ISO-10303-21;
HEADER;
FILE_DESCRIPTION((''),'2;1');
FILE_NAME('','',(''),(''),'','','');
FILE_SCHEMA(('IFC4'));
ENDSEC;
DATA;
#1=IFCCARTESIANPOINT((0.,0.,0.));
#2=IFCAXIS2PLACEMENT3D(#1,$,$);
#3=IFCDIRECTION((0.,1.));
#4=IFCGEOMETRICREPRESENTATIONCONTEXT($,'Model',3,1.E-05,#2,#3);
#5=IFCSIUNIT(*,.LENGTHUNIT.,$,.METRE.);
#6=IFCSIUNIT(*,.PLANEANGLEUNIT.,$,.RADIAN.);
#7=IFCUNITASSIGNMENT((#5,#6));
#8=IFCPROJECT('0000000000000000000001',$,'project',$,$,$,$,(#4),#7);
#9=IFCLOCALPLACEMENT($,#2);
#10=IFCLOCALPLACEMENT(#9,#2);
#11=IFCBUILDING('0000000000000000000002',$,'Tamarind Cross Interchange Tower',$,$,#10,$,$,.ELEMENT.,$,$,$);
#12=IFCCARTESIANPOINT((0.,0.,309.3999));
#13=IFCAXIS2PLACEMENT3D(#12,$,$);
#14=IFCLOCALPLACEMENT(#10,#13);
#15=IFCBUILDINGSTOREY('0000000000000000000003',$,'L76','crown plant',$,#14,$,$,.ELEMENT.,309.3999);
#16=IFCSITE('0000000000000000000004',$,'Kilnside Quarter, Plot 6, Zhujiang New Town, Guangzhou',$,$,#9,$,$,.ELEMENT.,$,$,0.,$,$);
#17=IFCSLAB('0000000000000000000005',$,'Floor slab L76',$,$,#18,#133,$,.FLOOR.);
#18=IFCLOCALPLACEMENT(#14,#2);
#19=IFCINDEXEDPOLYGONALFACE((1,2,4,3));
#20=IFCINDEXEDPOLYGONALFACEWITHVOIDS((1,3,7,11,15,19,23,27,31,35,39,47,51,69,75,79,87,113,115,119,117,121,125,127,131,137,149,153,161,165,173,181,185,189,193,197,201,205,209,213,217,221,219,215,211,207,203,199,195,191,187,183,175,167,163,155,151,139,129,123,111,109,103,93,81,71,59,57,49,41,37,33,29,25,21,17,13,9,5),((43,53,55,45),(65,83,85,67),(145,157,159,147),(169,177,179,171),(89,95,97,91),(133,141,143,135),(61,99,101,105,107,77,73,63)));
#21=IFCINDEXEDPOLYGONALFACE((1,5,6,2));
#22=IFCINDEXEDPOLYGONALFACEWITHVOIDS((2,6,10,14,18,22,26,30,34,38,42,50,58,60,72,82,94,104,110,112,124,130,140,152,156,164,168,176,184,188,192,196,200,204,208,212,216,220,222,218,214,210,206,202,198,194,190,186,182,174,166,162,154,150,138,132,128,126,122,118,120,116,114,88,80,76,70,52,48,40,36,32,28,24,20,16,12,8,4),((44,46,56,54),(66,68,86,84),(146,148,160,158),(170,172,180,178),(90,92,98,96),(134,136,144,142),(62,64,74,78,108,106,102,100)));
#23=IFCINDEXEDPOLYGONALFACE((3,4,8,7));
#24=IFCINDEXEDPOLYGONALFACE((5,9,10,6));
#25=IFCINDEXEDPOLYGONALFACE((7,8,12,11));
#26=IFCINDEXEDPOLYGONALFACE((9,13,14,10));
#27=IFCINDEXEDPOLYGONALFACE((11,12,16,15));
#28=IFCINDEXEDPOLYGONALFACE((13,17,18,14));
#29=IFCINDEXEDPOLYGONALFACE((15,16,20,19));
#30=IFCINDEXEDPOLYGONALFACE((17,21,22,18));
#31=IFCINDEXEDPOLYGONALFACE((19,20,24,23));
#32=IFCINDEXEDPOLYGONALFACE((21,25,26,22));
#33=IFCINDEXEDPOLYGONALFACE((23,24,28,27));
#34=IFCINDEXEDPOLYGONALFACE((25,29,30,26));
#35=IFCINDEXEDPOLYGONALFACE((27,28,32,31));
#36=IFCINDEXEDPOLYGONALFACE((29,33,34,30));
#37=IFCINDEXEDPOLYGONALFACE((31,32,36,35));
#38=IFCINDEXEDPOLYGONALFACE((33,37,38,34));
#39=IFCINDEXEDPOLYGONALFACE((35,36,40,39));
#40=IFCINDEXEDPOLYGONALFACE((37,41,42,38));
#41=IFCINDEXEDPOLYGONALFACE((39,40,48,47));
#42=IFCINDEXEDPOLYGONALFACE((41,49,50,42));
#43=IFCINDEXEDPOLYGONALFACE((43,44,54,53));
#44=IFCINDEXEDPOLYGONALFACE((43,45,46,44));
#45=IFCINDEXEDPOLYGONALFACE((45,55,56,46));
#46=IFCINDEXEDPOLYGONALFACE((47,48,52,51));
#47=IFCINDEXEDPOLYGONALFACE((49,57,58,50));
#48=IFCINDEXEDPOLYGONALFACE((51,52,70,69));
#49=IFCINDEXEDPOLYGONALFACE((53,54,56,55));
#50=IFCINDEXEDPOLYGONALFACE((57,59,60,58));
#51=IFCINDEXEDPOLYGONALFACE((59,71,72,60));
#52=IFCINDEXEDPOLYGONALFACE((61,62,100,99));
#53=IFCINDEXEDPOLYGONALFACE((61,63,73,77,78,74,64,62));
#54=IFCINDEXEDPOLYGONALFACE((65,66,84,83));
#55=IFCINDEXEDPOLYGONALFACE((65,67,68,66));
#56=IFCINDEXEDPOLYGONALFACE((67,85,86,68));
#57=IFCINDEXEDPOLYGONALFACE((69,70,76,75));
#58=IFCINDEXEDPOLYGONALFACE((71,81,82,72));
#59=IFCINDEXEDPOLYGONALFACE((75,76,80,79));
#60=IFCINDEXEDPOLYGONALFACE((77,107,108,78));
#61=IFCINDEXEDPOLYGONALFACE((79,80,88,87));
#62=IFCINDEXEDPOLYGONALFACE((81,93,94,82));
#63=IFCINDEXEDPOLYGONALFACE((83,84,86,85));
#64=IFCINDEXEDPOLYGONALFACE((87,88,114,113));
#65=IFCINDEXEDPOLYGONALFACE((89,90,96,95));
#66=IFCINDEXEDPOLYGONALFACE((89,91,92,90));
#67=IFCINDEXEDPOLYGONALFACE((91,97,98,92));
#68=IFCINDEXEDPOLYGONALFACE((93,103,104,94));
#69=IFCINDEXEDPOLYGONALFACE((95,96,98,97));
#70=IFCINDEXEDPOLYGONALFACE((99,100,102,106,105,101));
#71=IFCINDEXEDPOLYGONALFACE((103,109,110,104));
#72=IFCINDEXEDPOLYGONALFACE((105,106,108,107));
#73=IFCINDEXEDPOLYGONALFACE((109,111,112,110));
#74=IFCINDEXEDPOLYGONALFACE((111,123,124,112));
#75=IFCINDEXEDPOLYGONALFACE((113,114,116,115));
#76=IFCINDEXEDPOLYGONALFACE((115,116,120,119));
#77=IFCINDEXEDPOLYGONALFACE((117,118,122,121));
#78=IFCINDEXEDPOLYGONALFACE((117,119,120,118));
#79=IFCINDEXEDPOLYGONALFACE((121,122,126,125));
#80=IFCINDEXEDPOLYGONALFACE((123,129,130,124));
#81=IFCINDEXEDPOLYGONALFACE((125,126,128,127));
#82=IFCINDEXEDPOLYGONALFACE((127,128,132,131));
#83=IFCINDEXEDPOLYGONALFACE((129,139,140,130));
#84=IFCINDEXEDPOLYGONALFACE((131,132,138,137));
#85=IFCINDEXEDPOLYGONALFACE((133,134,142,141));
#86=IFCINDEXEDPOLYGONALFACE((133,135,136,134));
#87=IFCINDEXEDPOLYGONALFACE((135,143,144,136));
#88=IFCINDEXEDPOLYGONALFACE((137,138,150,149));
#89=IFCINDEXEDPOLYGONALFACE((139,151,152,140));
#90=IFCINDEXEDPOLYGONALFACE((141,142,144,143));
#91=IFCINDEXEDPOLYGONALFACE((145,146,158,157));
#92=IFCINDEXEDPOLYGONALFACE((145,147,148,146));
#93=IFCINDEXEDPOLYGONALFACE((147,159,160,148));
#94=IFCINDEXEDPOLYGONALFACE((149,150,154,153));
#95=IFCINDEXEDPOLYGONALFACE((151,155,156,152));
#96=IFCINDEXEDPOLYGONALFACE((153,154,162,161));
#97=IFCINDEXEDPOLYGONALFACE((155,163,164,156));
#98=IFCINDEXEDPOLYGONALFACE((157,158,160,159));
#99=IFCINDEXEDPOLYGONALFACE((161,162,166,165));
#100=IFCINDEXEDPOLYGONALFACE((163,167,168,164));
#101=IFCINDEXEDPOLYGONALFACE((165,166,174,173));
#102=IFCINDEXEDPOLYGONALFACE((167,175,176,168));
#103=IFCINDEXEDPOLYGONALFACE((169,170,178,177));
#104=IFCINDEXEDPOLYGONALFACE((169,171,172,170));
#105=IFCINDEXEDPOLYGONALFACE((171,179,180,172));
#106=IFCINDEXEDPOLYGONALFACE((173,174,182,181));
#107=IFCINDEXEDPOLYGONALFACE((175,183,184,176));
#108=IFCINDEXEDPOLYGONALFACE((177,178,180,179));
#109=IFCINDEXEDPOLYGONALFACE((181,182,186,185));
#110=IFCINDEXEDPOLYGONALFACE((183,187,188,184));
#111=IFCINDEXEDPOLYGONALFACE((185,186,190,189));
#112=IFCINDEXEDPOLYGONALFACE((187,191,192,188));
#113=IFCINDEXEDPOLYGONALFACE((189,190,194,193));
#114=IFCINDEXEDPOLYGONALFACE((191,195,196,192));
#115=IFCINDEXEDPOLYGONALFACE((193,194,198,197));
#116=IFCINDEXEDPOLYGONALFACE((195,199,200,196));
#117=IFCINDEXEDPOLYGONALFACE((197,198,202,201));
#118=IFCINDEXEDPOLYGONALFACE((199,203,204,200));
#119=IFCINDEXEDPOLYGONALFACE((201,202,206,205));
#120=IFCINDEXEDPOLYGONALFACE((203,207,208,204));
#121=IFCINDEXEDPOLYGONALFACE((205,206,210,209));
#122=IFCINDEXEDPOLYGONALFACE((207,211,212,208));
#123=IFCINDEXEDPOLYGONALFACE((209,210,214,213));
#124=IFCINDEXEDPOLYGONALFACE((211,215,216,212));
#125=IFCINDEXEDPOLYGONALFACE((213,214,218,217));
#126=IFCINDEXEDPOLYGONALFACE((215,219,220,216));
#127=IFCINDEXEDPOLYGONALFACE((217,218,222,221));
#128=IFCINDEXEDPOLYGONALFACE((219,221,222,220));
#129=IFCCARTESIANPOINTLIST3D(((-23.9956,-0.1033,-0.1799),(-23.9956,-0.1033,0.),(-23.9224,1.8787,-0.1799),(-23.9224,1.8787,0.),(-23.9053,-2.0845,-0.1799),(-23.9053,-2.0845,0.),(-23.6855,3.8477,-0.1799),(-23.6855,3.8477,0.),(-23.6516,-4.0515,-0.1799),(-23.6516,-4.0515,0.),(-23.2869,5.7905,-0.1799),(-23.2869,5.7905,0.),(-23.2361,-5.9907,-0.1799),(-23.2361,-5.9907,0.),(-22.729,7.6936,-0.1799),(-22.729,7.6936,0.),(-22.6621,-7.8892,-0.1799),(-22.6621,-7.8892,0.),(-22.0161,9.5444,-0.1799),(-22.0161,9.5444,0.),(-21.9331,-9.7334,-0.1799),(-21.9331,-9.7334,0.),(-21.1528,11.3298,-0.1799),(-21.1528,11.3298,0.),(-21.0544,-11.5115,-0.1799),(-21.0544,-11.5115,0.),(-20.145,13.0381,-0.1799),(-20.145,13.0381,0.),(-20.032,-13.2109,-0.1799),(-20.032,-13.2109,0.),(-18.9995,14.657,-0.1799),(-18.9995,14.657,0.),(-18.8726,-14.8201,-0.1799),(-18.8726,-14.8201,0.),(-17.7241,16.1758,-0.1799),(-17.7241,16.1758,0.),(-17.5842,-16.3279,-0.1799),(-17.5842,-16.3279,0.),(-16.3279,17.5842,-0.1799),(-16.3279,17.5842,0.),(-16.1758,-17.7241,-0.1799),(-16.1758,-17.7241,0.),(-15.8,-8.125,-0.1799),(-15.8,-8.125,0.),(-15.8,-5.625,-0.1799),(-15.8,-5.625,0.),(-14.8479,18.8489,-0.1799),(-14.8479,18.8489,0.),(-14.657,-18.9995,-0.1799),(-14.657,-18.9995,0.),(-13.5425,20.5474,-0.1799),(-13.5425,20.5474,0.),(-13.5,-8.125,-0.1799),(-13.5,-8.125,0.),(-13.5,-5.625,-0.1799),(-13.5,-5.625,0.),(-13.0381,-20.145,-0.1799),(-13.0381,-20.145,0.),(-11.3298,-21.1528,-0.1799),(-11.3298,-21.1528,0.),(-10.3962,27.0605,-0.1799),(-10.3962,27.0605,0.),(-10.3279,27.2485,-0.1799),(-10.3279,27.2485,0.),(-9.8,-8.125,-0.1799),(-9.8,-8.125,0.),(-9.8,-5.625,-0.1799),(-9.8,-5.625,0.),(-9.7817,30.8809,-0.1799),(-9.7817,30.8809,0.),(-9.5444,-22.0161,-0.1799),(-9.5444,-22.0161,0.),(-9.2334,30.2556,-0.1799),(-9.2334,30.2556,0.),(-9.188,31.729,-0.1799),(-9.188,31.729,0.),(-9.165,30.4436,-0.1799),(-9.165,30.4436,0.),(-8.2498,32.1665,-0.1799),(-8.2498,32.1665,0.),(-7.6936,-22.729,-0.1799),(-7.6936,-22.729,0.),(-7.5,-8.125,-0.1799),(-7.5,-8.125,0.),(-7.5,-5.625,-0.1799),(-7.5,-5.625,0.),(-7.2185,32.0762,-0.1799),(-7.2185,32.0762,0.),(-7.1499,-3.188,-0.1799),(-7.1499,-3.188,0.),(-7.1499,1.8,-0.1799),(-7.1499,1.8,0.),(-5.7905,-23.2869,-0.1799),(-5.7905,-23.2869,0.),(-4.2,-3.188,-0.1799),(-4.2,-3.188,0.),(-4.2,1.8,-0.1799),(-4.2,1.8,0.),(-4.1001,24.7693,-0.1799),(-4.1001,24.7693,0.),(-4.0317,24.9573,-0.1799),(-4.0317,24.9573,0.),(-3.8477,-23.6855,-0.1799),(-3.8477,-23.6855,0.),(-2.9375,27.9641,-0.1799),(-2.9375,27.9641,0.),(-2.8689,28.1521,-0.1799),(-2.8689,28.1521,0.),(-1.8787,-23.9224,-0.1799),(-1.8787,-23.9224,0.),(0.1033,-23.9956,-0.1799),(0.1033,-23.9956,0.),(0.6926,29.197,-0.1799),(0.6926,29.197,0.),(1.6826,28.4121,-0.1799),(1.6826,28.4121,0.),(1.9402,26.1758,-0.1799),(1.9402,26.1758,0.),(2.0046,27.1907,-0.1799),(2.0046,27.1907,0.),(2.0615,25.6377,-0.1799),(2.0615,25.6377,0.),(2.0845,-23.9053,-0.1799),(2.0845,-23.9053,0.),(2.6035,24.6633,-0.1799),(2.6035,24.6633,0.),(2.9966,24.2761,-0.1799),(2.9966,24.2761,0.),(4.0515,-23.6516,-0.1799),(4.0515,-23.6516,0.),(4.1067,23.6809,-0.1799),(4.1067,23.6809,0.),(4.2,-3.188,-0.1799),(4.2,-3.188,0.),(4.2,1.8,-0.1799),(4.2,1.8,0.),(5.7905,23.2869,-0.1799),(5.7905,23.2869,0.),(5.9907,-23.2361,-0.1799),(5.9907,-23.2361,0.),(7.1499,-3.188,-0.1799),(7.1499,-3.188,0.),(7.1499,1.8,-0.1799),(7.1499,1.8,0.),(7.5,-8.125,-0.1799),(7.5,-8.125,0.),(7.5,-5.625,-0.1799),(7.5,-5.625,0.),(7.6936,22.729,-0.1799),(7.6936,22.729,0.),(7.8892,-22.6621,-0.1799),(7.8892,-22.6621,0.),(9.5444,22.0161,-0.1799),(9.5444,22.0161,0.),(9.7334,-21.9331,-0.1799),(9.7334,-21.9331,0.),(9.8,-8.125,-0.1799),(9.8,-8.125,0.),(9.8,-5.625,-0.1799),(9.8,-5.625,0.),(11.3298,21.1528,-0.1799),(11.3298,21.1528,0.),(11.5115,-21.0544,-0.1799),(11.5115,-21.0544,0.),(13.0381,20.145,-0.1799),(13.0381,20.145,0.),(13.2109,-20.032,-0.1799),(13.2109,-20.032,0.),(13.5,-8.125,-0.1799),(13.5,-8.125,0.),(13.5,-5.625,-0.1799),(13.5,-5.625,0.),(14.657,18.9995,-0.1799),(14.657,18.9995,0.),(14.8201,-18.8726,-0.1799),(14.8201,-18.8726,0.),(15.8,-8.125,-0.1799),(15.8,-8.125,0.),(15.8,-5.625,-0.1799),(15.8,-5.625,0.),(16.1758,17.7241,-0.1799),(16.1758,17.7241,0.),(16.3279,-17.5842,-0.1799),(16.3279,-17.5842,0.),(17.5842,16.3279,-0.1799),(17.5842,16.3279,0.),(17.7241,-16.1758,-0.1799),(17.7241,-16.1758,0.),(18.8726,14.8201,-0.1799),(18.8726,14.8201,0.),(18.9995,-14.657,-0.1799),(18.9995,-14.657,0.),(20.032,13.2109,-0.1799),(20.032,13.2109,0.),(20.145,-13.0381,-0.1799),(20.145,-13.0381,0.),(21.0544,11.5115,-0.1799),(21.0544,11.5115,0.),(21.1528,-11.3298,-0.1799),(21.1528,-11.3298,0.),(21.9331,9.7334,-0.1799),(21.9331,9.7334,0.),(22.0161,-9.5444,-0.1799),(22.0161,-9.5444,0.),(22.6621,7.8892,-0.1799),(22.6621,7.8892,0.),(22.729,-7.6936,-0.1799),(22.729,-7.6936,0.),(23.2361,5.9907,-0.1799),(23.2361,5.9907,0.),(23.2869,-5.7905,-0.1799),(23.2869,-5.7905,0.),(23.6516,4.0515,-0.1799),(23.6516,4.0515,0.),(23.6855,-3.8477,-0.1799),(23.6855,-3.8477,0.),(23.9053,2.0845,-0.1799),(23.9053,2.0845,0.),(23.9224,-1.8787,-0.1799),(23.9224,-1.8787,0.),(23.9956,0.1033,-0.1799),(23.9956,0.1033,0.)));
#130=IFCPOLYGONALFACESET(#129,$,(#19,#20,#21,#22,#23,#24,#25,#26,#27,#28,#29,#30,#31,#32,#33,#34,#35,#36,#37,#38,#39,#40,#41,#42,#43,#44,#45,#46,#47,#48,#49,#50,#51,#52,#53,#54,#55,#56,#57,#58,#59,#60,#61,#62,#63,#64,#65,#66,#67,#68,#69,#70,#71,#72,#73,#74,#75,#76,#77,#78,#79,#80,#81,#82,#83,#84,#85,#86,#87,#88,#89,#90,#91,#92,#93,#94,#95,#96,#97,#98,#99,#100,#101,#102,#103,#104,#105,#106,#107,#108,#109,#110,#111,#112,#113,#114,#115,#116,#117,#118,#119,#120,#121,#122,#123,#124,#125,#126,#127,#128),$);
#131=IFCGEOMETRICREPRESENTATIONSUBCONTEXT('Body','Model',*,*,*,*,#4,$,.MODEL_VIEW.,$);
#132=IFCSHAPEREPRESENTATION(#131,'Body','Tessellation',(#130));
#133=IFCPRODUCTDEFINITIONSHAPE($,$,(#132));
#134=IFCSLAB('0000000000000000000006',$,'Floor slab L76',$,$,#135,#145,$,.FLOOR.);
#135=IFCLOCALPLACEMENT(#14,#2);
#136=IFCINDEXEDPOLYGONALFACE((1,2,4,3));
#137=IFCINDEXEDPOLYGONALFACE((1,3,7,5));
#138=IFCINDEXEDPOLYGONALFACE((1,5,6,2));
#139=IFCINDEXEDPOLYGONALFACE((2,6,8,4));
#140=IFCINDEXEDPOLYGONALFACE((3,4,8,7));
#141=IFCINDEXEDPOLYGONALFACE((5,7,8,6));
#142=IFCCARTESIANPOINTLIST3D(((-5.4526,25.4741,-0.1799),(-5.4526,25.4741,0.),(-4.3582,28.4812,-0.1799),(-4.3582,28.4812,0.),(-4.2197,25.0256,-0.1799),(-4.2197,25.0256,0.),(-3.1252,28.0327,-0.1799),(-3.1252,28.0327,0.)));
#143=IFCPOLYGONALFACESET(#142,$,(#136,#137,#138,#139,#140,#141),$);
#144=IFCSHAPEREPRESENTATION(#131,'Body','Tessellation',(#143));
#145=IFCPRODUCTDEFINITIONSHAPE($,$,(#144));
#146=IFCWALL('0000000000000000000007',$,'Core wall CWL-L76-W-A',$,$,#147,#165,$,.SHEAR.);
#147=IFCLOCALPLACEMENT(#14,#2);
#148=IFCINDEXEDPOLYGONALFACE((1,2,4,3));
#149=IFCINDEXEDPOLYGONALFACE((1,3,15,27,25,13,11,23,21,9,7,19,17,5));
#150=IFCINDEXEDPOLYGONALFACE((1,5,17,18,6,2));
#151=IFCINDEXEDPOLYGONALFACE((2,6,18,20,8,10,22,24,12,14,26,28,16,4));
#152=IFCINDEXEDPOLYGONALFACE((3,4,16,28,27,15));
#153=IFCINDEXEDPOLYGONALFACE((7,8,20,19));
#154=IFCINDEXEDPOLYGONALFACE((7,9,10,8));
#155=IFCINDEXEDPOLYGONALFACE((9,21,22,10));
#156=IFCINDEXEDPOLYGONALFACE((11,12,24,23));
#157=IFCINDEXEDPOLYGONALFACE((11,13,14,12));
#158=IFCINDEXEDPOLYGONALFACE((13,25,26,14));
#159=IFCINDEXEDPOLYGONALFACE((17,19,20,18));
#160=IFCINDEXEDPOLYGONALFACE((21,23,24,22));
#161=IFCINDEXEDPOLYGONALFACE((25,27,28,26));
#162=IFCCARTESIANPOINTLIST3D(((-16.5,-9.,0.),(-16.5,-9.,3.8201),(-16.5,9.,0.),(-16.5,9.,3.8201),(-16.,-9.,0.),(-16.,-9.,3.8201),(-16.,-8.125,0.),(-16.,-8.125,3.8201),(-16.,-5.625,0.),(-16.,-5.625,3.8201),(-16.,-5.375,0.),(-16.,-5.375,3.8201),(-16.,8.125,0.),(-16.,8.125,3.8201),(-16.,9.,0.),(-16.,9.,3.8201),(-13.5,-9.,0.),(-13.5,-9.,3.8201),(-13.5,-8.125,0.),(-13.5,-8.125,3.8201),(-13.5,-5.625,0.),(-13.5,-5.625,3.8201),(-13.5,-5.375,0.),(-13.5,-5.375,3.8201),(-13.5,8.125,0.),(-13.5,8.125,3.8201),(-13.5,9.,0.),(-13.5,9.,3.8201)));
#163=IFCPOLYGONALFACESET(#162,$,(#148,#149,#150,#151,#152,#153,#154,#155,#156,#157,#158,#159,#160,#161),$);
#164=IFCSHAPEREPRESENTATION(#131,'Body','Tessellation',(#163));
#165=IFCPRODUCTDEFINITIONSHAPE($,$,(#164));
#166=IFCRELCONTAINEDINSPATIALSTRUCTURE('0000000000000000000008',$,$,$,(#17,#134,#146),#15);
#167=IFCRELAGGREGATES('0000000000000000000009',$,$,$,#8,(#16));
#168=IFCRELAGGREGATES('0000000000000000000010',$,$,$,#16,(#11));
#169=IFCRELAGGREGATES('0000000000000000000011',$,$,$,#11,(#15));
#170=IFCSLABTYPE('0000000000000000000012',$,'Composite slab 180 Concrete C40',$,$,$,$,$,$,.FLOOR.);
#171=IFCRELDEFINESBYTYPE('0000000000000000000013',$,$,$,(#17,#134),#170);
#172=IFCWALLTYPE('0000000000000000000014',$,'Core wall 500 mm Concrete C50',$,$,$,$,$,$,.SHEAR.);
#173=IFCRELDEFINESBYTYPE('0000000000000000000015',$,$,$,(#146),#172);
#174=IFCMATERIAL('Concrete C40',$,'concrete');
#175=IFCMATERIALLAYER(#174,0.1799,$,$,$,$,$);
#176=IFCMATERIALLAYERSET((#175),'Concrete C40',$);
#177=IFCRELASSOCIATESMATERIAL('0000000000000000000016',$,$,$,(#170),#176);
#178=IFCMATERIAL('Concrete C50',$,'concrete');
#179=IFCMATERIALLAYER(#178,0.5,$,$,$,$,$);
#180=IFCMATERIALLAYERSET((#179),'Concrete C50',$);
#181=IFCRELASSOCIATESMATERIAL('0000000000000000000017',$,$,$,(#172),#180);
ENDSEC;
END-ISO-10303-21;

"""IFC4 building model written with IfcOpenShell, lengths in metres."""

from ifc_helpers import new_model, si_unit, direction, frame, origin, place, context, subcontext, project, spatial, polyline, outline, extrude, material, layer, layer_set, type_object, element, save


model = new_model("IFC4")

# Units and contexts
model_context = context("Model", 3, precision=1e-05, world=origin(), true_north=direction((0.0, 1.0)))
body_context = subcontext(model_context, "Body", "Model", "MODEL_VIEW")
ifc_project = project(units=[si_unit("LENGTHUNIT", "METRE"), si_unit("PLANEANGLEUNIT", "RADIAN")], contexts=[model_context])

# Site, building, storey
site_placement = place(None, origin())
site = spatial("IfcSite", under=ifc_project, at=site_placement, Name="Kilnside Quarter, Plot 6, Zhujiang New Town, Guangzhou", CompositionType="ELEMENT", RefElevation=0.0)
building_placement = place(site_placement, origin())
building = spatial("IfcBuilding", under=site, at=building_placement, Name="Tamarind Cross Interchange Tower", CompositionType="ELEMENT")
storey_placement = place(building_placement, frame((0.0, 0.0, 309.3999)))
storey = spatial("IfcBuildingStorey", under=building, at=storey_placement, Name="L76", Description="crown plant", CompositionType="ELEMENT", Elevation=309.3999)

# Slabs
ifc_material_1 = material(Name="Concrete C40", Category="concrete")
ifc_layer_1 = layer(ifc_material_1, 0.1799)
ifc_layer_set_1 = layer_set([ifc_layer_1], Name="Concrete C40")
slab_type = type_object("IfcSlabType", Name="Composite slab 180 Concrete C40", PredefinedType="FLOOR", material=ifc_layer_set_1)
slab_1_placement = place(storey_placement, frame((0.0, 0.0, -0.1799)))
element("IfcSlab", 1, at=slab_1_placement, inside=storey, type_object=slab_type, Name="Floor slab L76", PredefinedType="FLOOR", context=body_context, shape_type="SweptSolid", body=[
    extrude(outline(polyline([(-9.188, 31.729), (-9.7817, 30.8809), (-13.5425, 20.5474), (-14.8479, 18.8489), (-16.3279, 17.5842), (-17.7241, 16.1758), (-18.9995, 14.657), (-20.145, 13.0381), (-21.1528, 11.3298), (-22.0161, 9.5444), (-22.729, 7.6936), (-23.2869, 5.7905), (-23.6855, 3.8477), (-23.9224, 1.8787), (-23.9956, -0.1033), (-23.9053, -2.0845), (-23.6516, -4.0515), (-23.2361, -5.9907), (-22.6621, -7.8892), (-21.9331, -9.7334), (-21.0544, -11.5115), (-20.032, -13.2109), (-18.8726, -14.8201), (-17.5842, -16.3279), (-16.1758, -17.7241), (-14.657, -18.9995), (-13.0381, -20.145), (-11.3298, -21.1528), (-9.5444, -22.0161), (-7.6936, -22.729), (-5.7905, -23.2869), (-3.8477, -23.6855), (-1.8787, -23.9224), (0.1033, -23.9956), (2.0845, -23.9053), (4.0515, -23.6516), (5.9907, -23.2361), (7.8892, -22.6621), (9.7334, -21.9331), (11.5115, -21.0544), (13.2109, -20.032), (14.8201, -18.8726), (16.3279, -17.5842), (17.7241, -16.1758), (18.9995, -14.657), (20.145, -13.0381), (21.1528, -11.3298), (22.0161, -9.5444), (22.729, -7.6936), (23.2869, -5.7905), (23.6855, -3.8477), (23.9224, -1.8787), (23.9956, 0.1033), (23.9053, 2.0845), (23.6516, 4.0515), (23.2361, 5.9907), (22.6621, 7.8892), (21.9331, 9.7334), (21.0544, 11.5115), (20.032, 13.2109), (18.8726, 14.8201), (17.5842, 16.3279), (16.1758, 17.7241), (14.657, 18.9995), (13.0381, 20.145), (11.3298, 21.1528), (9.5444, 22.0161), (7.6936, 22.729), (5.7905, 23.2869), (4.1067, 23.6809), (2.9966, 24.2761), (2.6035, 24.6633), (2.0615, 25.6377), (1.9402, 26.1758), (2.0046, 27.1907), (1.6826, 28.4121), (0.6926, 29.197), (-7.2185, 32.0762), (-8.2498, 32.1665), (-9.188, 31.729)]), holes=[polyline([(-15.8, -5.625), (-13.5, -5.625), (-13.5, -8.125), (-15.8, -8.125), (-15.8, -5.625)]), polyline([(-9.8, -5.625), (-7.5, -5.625), (-7.5, -8.125), (-9.8, -8.125), (-9.8, -5.625)]), polyline([(-4.1001, 24.7693), (-10.3962, 27.0605), (-10.3279, 27.2485), (-9.2334, 30.2556), (-9.165, 30.4436), (-2.8689, 28.1521), (-2.9375, 27.9641), (-4.0317, 24.9573), (-4.1001, 24.7693)]), polyline([(7.5, -8.125), (7.5, -5.625), (9.8, -5.625), (9.8, -8.125), (7.5, -8.125)]), polyline([(13.5, -8.125), (13.5, -5.625), (15.8, -5.625), (15.8, -8.125), (13.5, -8.125)]), polyline([(-7.1499, -3.188), (-7.1499, 1.8), (-4.2, 1.8), (-4.2, -3.188), (-7.1499, -3.188)]), polyline([(4.2, 1.8), (7.1499, 1.8), (7.1499, -3.188), (4.2, -3.188), (4.2, 1.8)])]), origin(), (0.0, 0.0, 1.0), 0.1799),
])
slab_2_placement = place(storey_placement, frame((0.0, 0.0, -0.1799)))
element("IfcSlab", 2, at=slab_2_placement, inside=storey, type_object=slab_type, Name="Floor slab L76", PredefinedType="FLOOR", context=body_context, shape_type="SweptSolid", body=[
    extrude(outline(polyline([(-4.3582, 28.4812), (-5.4526, 25.4741), (-4.2197, 25.0256), (-3.1252, 28.0327), (-4.3582, 28.4812)])), origin(), (0.0, 0.0, 1.0), 0.1799),
])

# Wall
ifc_material_2 = material(Name="Concrete C50", Category="concrete")
ifc_layer_2 = layer(ifc_material_2, 0.5)
ifc_layer_set_2 = layer_set([ifc_layer_2], Name="Concrete C50")
wall_type_1 = type_object("IfcWallType", Name="Core wall 500 mm Concrete C50", PredefinedType="SHEAR", material=ifc_layer_set_2)
wall_1_placement = place(storey_placement, origin())
element("IfcWall", 3, at=wall_1_placement, inside=storey, type_object=wall_type_1, Name="Core wall CWL-L76-W-A", PredefinedType="SHEAR", context=body_context, shape_type="SweptSolid", body=[
    extrude(outline(polyline([(-13.5, -8.125), (-16.0, -8.125), (-16.0, -5.625), (-13.5, -5.625), (-13.5, -5.375), (-16.0, -5.375), (-16.0, 8.125), (-13.5, 8.125), (-13.5, 9.0), (-16.0, 9.0), (-16.5, 9.0), (-16.5, -9.0), (-16.0, -9.0), (-13.5, -9.0), (-13.5, -8.125)])), origin(), (0.0, 0.0, 1.0), 3.8201),
])

save(model, "model.ifc")
